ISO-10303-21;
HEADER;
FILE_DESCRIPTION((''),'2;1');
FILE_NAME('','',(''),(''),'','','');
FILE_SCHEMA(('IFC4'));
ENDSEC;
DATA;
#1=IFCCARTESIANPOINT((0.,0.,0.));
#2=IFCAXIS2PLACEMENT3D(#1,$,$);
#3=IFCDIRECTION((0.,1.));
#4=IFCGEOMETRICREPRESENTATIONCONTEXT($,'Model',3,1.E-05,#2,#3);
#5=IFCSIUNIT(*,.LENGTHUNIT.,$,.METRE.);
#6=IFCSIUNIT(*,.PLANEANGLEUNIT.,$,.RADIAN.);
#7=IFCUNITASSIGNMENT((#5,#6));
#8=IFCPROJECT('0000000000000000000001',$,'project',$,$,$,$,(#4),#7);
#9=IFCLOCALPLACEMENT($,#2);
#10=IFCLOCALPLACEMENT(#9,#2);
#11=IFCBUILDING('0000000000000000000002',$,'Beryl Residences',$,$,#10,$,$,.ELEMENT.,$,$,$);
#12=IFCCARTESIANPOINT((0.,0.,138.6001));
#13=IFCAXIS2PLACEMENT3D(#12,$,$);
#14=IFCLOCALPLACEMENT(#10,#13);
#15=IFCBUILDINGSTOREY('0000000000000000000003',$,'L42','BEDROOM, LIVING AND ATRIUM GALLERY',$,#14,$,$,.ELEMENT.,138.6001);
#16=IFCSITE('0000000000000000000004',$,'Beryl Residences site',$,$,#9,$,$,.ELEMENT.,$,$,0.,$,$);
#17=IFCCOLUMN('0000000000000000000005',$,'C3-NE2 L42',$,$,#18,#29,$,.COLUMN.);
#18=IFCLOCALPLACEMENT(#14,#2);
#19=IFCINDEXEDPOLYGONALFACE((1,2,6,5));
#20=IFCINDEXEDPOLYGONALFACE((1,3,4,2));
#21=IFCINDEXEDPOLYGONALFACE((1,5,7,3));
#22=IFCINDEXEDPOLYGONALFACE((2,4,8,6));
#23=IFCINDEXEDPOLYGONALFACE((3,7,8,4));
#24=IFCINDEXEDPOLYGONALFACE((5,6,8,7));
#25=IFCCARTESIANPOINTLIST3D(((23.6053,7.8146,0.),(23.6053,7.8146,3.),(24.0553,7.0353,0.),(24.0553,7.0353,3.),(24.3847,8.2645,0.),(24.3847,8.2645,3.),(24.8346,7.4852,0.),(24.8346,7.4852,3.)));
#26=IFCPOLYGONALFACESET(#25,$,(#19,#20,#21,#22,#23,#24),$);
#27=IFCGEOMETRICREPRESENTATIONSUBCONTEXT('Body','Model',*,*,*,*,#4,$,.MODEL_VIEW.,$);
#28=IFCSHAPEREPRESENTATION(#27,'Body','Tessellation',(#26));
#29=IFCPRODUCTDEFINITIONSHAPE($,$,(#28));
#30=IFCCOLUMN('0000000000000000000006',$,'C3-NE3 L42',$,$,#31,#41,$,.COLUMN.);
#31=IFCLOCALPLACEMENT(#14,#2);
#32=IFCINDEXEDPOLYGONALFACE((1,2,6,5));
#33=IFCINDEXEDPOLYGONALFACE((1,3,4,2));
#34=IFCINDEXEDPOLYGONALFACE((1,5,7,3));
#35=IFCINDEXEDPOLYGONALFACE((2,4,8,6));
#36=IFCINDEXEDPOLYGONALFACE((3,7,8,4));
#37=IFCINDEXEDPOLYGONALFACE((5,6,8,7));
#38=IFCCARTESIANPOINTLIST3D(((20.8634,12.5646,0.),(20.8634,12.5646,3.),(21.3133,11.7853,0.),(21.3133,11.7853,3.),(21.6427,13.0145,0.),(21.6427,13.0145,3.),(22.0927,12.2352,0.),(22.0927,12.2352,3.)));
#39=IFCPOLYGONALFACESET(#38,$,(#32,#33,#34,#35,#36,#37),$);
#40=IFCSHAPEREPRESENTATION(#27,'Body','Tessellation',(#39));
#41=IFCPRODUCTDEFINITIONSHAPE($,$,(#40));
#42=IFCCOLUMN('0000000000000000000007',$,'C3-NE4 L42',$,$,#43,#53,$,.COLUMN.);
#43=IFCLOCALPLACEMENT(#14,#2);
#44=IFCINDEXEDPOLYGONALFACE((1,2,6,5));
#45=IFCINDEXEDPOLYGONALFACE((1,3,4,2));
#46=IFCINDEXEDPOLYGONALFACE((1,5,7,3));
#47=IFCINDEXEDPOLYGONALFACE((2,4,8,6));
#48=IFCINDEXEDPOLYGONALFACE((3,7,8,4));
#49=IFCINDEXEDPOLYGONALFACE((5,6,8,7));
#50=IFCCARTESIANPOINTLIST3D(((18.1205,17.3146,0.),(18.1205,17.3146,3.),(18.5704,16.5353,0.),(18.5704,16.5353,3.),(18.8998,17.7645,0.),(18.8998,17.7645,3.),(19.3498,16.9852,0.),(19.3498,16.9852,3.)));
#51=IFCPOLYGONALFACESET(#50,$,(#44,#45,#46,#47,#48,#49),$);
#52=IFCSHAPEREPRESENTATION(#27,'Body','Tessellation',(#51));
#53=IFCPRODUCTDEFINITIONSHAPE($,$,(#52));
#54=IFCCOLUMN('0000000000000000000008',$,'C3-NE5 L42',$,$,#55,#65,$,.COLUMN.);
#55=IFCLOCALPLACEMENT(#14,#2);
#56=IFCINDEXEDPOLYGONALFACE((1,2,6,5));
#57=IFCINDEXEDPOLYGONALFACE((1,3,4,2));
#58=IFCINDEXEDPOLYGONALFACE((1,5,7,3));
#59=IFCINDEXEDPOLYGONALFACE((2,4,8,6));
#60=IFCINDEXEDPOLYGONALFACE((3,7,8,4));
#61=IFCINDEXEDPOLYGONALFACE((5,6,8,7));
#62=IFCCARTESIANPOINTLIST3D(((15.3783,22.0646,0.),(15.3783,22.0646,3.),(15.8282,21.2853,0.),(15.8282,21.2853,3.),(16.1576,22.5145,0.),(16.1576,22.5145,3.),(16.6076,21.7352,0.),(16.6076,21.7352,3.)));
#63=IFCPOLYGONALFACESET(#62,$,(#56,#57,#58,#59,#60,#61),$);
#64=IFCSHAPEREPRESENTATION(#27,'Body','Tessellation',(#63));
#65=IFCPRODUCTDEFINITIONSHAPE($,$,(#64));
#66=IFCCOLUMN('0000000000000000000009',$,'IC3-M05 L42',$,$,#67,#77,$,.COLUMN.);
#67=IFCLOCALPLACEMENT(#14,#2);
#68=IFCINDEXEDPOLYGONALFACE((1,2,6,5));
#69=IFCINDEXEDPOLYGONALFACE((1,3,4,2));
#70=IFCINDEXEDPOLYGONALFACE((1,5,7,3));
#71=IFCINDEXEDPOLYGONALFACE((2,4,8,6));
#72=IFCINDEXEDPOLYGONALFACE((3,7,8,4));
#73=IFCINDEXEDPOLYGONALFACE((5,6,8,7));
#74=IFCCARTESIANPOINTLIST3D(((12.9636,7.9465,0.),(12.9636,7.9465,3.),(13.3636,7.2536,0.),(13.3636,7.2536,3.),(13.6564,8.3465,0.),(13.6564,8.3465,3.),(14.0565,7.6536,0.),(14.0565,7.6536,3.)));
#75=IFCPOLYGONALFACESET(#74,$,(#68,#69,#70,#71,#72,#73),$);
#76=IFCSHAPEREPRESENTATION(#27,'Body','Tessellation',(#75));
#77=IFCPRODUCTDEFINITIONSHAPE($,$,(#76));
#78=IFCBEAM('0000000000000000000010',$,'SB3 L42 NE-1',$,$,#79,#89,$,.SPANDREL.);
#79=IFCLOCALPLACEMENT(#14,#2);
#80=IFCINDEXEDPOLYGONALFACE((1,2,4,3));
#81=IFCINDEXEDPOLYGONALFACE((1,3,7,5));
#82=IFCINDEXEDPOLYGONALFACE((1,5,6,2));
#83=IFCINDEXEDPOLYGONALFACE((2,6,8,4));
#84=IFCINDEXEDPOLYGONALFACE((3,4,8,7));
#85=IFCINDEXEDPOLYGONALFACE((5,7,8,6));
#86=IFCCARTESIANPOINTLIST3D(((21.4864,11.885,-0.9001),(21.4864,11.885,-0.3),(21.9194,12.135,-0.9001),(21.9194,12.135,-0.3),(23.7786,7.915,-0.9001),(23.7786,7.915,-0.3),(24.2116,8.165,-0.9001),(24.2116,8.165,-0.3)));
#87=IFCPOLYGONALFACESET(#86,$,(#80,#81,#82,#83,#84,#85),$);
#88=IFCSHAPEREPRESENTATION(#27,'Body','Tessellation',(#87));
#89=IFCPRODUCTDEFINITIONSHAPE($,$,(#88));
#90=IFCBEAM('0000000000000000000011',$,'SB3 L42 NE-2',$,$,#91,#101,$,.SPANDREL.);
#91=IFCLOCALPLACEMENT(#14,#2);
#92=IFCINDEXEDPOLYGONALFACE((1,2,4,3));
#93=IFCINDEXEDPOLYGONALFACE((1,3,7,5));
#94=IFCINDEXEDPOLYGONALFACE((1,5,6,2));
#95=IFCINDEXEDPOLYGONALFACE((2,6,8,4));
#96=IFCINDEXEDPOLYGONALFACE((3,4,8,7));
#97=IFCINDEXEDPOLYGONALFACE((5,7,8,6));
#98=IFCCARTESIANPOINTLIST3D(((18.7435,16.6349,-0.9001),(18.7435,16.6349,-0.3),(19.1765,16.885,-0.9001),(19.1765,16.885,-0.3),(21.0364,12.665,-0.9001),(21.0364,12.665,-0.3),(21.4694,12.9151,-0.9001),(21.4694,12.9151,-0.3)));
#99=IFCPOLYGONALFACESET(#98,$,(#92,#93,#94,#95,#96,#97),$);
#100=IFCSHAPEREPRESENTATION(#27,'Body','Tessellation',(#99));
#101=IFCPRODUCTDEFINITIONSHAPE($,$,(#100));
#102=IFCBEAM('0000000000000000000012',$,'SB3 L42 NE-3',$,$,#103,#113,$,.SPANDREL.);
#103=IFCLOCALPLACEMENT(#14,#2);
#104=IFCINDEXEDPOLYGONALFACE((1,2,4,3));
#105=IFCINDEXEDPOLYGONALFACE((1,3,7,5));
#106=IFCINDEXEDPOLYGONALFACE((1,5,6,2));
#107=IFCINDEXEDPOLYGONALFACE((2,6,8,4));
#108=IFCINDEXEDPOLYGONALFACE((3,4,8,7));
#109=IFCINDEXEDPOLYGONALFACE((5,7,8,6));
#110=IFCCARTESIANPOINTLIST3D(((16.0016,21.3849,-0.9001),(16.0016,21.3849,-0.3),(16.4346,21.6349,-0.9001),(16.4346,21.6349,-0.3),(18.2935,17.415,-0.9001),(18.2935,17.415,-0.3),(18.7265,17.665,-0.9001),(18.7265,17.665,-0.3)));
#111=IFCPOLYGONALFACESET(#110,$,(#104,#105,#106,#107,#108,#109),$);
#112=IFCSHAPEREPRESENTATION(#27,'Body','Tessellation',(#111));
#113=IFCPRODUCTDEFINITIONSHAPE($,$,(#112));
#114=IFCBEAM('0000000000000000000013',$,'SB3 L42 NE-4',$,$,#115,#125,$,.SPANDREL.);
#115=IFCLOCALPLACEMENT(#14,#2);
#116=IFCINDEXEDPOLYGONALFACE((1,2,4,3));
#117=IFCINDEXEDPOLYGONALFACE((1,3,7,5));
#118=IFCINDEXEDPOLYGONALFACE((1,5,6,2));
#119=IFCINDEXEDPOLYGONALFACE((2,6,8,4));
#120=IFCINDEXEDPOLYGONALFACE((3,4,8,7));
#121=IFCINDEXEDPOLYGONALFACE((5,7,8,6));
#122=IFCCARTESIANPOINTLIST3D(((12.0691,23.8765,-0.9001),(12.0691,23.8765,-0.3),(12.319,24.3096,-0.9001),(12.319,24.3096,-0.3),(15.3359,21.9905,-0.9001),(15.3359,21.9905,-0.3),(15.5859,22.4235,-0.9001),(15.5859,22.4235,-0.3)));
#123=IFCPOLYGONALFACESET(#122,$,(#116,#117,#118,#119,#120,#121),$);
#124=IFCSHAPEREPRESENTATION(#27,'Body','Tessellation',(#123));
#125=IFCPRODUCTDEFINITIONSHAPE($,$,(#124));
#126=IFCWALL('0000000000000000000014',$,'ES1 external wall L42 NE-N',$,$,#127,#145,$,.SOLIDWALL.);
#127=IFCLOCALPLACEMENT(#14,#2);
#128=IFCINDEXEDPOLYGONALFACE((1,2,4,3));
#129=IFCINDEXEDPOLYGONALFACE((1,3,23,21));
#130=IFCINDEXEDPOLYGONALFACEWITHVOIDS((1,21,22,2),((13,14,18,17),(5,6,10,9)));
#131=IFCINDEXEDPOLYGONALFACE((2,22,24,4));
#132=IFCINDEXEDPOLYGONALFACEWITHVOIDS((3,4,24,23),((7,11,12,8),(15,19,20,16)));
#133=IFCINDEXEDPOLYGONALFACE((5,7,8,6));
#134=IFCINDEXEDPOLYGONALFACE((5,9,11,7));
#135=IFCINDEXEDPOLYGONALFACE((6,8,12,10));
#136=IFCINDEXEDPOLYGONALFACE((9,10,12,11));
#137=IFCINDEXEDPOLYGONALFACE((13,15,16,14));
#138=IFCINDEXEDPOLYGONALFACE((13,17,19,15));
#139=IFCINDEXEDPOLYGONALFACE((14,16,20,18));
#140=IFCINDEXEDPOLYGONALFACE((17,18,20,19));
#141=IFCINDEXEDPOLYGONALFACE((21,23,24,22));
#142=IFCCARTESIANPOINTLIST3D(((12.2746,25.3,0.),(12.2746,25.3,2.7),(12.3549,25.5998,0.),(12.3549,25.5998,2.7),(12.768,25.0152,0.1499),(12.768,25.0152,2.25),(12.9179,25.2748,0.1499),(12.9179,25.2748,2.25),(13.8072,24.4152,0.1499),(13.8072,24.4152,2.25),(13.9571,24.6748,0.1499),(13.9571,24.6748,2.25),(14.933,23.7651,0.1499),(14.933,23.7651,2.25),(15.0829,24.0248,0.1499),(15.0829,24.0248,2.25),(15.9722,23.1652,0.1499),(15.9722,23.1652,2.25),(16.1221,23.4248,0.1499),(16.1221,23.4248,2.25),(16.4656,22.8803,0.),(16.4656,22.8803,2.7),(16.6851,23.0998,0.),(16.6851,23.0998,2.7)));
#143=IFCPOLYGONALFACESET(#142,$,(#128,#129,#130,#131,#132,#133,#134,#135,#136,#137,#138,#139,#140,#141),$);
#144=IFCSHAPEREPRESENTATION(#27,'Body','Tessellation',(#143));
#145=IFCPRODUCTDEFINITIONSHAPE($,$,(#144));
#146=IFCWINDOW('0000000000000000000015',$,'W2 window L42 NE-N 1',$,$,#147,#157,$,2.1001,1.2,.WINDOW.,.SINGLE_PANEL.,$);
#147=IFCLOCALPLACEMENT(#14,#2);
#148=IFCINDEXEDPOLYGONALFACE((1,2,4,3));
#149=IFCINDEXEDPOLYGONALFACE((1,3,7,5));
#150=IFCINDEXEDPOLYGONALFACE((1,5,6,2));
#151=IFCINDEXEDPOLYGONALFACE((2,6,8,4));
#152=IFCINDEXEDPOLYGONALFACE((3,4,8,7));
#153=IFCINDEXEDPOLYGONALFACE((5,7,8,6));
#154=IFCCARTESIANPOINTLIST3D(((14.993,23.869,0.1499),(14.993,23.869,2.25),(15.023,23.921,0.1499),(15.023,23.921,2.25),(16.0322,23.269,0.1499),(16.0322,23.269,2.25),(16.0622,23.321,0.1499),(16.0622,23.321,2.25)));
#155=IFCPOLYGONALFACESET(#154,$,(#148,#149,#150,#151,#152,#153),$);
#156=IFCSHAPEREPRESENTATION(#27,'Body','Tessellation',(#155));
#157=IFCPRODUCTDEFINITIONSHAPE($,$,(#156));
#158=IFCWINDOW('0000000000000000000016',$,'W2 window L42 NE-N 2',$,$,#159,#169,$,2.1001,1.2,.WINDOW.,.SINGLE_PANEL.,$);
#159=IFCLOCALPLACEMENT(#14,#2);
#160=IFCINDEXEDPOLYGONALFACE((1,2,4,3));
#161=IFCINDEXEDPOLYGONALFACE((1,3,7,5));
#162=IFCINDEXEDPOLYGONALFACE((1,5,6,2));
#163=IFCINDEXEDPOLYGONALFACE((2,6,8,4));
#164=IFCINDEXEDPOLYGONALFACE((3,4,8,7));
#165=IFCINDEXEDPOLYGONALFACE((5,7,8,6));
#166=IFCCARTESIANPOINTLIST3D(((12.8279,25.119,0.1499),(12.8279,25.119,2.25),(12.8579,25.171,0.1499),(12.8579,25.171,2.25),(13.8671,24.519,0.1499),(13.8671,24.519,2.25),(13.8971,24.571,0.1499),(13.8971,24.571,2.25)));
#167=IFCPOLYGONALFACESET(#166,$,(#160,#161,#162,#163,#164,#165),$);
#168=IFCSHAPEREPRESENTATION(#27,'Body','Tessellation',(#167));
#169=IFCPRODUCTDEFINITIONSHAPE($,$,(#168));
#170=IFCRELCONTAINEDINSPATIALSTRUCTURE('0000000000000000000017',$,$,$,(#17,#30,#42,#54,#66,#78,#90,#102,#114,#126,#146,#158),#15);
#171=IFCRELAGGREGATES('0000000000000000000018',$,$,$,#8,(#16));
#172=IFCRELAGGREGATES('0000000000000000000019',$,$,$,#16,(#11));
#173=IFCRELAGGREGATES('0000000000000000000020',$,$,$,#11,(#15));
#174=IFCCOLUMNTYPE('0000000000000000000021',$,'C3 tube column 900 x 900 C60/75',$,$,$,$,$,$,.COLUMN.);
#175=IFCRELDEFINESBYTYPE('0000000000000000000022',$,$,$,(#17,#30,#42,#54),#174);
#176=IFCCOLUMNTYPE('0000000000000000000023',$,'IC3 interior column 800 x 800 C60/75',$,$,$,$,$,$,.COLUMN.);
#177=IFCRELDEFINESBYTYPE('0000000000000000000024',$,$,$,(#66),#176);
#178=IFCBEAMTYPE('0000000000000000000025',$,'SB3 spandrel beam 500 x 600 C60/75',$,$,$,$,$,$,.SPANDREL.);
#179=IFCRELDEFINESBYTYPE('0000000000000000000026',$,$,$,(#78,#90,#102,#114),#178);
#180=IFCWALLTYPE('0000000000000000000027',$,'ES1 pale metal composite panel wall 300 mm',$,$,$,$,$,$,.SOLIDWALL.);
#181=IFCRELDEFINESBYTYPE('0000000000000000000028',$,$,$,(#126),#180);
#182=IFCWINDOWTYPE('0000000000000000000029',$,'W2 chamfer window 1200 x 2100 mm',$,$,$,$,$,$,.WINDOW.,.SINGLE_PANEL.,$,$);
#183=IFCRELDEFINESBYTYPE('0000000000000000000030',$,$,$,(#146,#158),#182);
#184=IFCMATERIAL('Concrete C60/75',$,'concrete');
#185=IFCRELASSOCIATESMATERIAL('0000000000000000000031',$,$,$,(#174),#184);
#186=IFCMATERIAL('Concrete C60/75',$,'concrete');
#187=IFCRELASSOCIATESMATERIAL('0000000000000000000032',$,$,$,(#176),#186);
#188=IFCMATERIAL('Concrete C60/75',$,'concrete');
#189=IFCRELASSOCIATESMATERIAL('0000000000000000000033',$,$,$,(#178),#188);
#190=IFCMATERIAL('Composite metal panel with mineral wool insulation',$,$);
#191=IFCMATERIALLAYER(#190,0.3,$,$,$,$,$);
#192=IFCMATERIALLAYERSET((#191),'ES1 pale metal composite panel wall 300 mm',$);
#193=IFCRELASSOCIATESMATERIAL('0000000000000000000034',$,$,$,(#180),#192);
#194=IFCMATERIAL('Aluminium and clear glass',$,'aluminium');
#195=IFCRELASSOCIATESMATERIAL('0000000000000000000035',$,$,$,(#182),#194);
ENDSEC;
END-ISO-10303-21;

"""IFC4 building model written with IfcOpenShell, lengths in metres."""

from ifc_helpers import new_model, si_unit, direction, frame, frame_2d, origin, origin_2d, place, context, subcontext, project, spatial, polyline, rectangle, outline, extrude, material, layer, layer_set, material_profile, profile_set, type_object, element, fill, save


model = new_model("IFC4")

# Units and contexts
model_context = context("Model", 3, precision=1e-05, world=origin(), true_north=direction((0.0, 1.0)))
body_context = subcontext(model_context, "Body", "Model", "MODEL_VIEW")
ifc_project = project(units=[si_unit("LENGTHUNIT", "METRE"), si_unit("PLANEANGLEUNIT", "RADIAN")], contexts=[model_context])

# Site, building, storey
site_placement = place(None, origin())
site = spatial("IfcSite", under=ifc_project, at=site_placement, Name="Beryl Residences site", CompositionType="ELEMENT", RefElevation=0.0)
building_placement = place(site_placement, origin())
building = spatial("IfcBuilding", under=site, at=building_placement, Name="Beryl Residences", CompositionType="ELEMENT")
storey_placement = place(building_placement, frame((0.0, 0.0, 138.6001)))
storey = spatial("IfcBuildingStorey", under=building, at=storey_placement, Name="L42", Description="BEDROOM, LIVING AND ATRIUM GALLERY", CompositionType="ELEMENT", Elevation=138.6001)

# Columns
ifc_material_1 = material(Name="Concrete C60/75", Category="concrete")
ifc_material_profile_1 = material_profile(ifc_material_1, rectangle(XDim=0.8999, YDim=0.8999, at=origin_2d()))
ifc_profile_set_1 = profile_set([ifc_material_profile_1], Name="Concrete C60/75")
column_type_1 = type_object("IfcColumnType", Name="C3 tube column 900 x 900 C60/75", PredefinedType="COLUMN", material=ifc_profile_set_1)
for number, where, z_axis, x_axis, name in (
    (1, (24.22, 7.6499, 0.0), (0.0, 0.0, 1.0), (-0.5, 0.866025, 0.0), "C3-NE2 L42"),
    (2, (21.478, 12.3999, 0.0), (0.0, 0.0, 1.0), (-0.5, 0.866025, 0.0), "C3-NE3 L42"),
    (3, (18.7351, 17.1499, 0.0), (0.0, 0.0, 1.0), (-0.5, 0.866025, 0.0), "C3-NE4 L42"),
    (4, (15.9929, 21.8999, 0.0), (0.0, 0.0, 1.0), (-0.5, 0.866025, 0.0), "C3-NE5 L42"),
):
    element("IfcColumn", number, at=place(storey_placement, frame(where, z_axis=z_axis, x_axis=x_axis)), inside=storey, type_object=column_type_1, Name=name, PredefinedType="COLUMN", context=body_context, shape_type="SweptSolid", body=[
        extrude(rectangle(XDim=0.8999, YDim=0.8999, at=origin_2d()), origin(), (0.0, 0.0, 1.0), 3.0),
    ])
ifc_material_2 = material(Name="Concrete C60/75", Category="concrete")
ifc_material_profile_2 = material_profile(ifc_material_2, rectangle(XDim=0.8, YDim=0.8, at=origin_2d()))
ifc_profile_set_2 = profile_set([ifc_material_profile_2], Name="Concrete C60/75")
column_type_2 = type_object("IfcColumnType", Name="IC3 interior column 800 x 800 C60/75", PredefinedType="COLUMN", material=ifc_profile_set_2)
column_placement = place(storey_placement, frame((13.51, 7.8, 0.0), z_axis=(0.0, 0.0, 1.0), x_axis=(-0.5, 0.866025, 0.0)))
element("IfcColumn", 5, at=column_placement, inside=storey, type_object=column_type_2, Name="IC3-M05 L42", PredefinedType="COLUMN", context=body_context, shape_type="SweptSolid", body=[
    extrude(rectangle(XDim=0.8, YDim=0.8, at=origin_2d()), origin(), (0.0, 0.0, 1.0), 3.0),
])

# Beams
ifc_material_3 = material(Name="Concrete C60/75", Category="concrete")
ifc_material_profile_3 = material_profile(ifc_material_3, rectangle(XDim=0.5, YDim=0.6001, at=origin_2d()))
ifc_profile_set_3 = profile_set([ifc_material_profile_3], Name="Concrete C60/75")
beam_type = type_object("IfcBeamType", Name="SB3 spandrel beam 500 x 600 C60/75", PredefinedType="SPANDREL", material=ifc_profile_set_3)
beam_1_placement = place(storey_placement, frame((23.9951, 8.04, -0.6001), z_axis=(-0.500028, 0.866009, 0.0), x_axis=(-0.866009, -0.500028, 0.0)))
element("IfcBeam", 6, at=beam_1_placement, inside=storey, type_object=beam_type, Name="SB3 L42 NE-1", PredefinedType="SPANDREL", context=body_context, shape_type="SweptSolid", body=[
    extrude(rectangle(XDim=0.5, YDim=0.6001, at=origin_2d()), origin(), (0.0, 0.0, 1.0), 4.5842),
])
beam_2_placement = place(storey_placement, frame((21.2529, 12.79, -0.6001), z_axis=(-0.500148, 0.86594, 0.0), x_axis=(-0.86594, -0.500148, 0.0)))
element("IfcBeam", 7, at=beam_2_placement, inside=storey, type_object=beam_type, Name="SB3 L42 NE-2", PredefinedType="SPANDREL", context=body_context, shape_type="SweptSolid", body=[
    extrude(rectangle(XDim=0.5, YDim=0.6001, at=origin_2d()), origin(), (0.0, 0.0, 1.0), 4.5845),
])
beam_3_placement = place(storey_placement, frame((18.51, 17.54, -0.6001), z_axis=(-0.499988, 0.866032, 0.0), x_axis=(-0.866032, -0.499988, 0.0)))
element("IfcBeam", 8, at=beam_3_placement, inside=storey, type_object=beam_type, Name="SB3 L42 NE-3", PredefinedType="SPANDREL", context=body_context, shape_type="SweptSolid", body=[
    extrude(rectangle(XDim=0.5, YDim=0.6001, at=origin_2d()), origin(), (0.0, 0.0, 1.0), 4.584),
])
beam_4_placement = place(storey_placement, frame((15.4609, 22.207, -0.6001), z_axis=(-0.86604, 0.499975, 0.0), x_axis=(-0.499975, -0.86604, 0.0)))
element("IfcBeam", 9, at=beam_4_placement, inside=storey, type_object=beam_type, Name="SB3 L42 NE-4", PredefinedType="SPANDREL", context=body_context, shape_type="SweptSolid", body=[
    extrude(rectangle(XDim=0.5, YDim=0.6001, at=origin_2d()), origin(), (0.0, 0.0, 1.0), 3.7722),
])

# Wall, openings, windows
ifc_material_4 = material(Name="Composite metal panel with mineral wool insulation")
ifc_layer_1 = layer(ifc_material_4, 0.3)
ifc_layer_set_1 = layer_set([ifc_layer_1], Name="ES1 pale metal composite panel wall 300 mm")
wall_type_1 = type_object("IfcWallType", Name="ES1 pale metal composite panel wall 300 mm", PredefinedType="SOLIDWALL", material=ifc_layer_set_1)
wall_1_placement = place(storey_placement, frame((16.6101, 22.97, 0.0), z_axis=(0.0, 0.0, 1.0), x_axis=(-0.866023, 0.500004, 0.0)))
wall_1 = element("IfcWall", 10, at=wall_1_placement, inside=storey, type_object=wall_type_1, Name="ES1 external wall L42 NE-N", PredefinedType="SOLIDWALL", context=body_context, shape_type="SweptSolid", body=[
    extrude(outline(polyline([(0.0, -0.1499), (5.0, -0.1499), (4.9197, 0.1499), (0.0803, 0.1499), (0.0, -0.1499)])), origin(), (0.0, 0.0, 1.0), 2.7),
])
opening_1_placement = place(wall_1_placement, frame((0.6499, 0.0, 0.1499)))
opening_1 = element("IfcOpeningElement", 11, at=opening_1_placement, cuts=wall_1, PredefinedType="OPENING", context=body_context, shape_type="SweptSolid", body=[
    extrude(rectangle(XDim=1.2, YDim=2.1001, at=frame_2d((0.6001, 1.05))), frame((0.0, 0.1599, 0.0), z_axis=(0.0, -1.0, 0.0), x_axis=(1.0, 0.0, 0.0)), (0.0, 0.0, 1.0), 0.3201),
])
opening_2_placement = place(wall_1_placement, frame((3.1499, 0.0, 0.1499)))
opening_2 = element("IfcOpeningElement", 12, at=opening_2_placement, cuts=wall_1, PredefinedType="OPENING", context=body_context, shape_type="SweptSolid", body=[
    extrude(rectangle(XDim=1.2, YDim=2.1001, at=frame_2d((0.6001, 1.05))), frame((0.0, 0.1599, 0.0), z_axis=(0.0, -1.0, 0.0), x_axis=(1.0, 0.0, 0.0)), (0.0, 0.0, 1.0), 0.3201),
])
ifc_material_5 = material(Name="Aluminium and clear glass", Category="aluminium")
window_type = type_object("IfcWindowType", Name="W2 chamfer window 1200 x 2100 mm", PartitioningType="SINGLE_PANEL", PredefinedType="WINDOW", material=ifc_material_5)
window_1_placement = place(opening_1_placement, origin())
window_1 = element("IfcWindow", 13, at=window_1_placement, inside=storey, type_object=window_type, Name="W2 window L42 NE-N 1", OverallHeight=2.1001, OverallWidth=1.2, PartitioningType="SINGLE_PANEL", PredefinedType="WINDOW", context=body_context, shape_type="SweptSolid", body=[
    extrude(rectangle(XDim=1.2, YDim=2.1001, at=frame_2d((0.6001, 1.05))), frame((0.0, 0.03, 0.0), z_axis=(0.0, -1.0, 0.0), x_axis=(1.0, 0.0, 0.0)), (0.0, 0.0, 1.0), 0.0601),
])
fill(opening_1, window_1)
window_2_placement = place(opening_2_placement, origin())
window_2 = element("IfcWindow", 14, at=window_2_placement, inside=storey, type_object=window_type, Name="W2 window L42 NE-N 2", OverallHeight=2.1001, OverallWidth=1.2, PartitioningType="SINGLE_PANEL", PredefinedType="WINDOW", context=body_context, shape_type="SweptSolid", body=[
    extrude(rectangle(XDim=1.2, YDim=2.1001, at=frame_2d((0.6001, 1.05))), frame((0.0, 0.03, 0.0), z_axis=(0.0, -1.0, 0.0), x_axis=(1.0, 0.0, 0.0)), (0.0, 0.0, 1.0), 0.0601),
])
fill(opening_2, window_2)

save(model, "model.ifc")
